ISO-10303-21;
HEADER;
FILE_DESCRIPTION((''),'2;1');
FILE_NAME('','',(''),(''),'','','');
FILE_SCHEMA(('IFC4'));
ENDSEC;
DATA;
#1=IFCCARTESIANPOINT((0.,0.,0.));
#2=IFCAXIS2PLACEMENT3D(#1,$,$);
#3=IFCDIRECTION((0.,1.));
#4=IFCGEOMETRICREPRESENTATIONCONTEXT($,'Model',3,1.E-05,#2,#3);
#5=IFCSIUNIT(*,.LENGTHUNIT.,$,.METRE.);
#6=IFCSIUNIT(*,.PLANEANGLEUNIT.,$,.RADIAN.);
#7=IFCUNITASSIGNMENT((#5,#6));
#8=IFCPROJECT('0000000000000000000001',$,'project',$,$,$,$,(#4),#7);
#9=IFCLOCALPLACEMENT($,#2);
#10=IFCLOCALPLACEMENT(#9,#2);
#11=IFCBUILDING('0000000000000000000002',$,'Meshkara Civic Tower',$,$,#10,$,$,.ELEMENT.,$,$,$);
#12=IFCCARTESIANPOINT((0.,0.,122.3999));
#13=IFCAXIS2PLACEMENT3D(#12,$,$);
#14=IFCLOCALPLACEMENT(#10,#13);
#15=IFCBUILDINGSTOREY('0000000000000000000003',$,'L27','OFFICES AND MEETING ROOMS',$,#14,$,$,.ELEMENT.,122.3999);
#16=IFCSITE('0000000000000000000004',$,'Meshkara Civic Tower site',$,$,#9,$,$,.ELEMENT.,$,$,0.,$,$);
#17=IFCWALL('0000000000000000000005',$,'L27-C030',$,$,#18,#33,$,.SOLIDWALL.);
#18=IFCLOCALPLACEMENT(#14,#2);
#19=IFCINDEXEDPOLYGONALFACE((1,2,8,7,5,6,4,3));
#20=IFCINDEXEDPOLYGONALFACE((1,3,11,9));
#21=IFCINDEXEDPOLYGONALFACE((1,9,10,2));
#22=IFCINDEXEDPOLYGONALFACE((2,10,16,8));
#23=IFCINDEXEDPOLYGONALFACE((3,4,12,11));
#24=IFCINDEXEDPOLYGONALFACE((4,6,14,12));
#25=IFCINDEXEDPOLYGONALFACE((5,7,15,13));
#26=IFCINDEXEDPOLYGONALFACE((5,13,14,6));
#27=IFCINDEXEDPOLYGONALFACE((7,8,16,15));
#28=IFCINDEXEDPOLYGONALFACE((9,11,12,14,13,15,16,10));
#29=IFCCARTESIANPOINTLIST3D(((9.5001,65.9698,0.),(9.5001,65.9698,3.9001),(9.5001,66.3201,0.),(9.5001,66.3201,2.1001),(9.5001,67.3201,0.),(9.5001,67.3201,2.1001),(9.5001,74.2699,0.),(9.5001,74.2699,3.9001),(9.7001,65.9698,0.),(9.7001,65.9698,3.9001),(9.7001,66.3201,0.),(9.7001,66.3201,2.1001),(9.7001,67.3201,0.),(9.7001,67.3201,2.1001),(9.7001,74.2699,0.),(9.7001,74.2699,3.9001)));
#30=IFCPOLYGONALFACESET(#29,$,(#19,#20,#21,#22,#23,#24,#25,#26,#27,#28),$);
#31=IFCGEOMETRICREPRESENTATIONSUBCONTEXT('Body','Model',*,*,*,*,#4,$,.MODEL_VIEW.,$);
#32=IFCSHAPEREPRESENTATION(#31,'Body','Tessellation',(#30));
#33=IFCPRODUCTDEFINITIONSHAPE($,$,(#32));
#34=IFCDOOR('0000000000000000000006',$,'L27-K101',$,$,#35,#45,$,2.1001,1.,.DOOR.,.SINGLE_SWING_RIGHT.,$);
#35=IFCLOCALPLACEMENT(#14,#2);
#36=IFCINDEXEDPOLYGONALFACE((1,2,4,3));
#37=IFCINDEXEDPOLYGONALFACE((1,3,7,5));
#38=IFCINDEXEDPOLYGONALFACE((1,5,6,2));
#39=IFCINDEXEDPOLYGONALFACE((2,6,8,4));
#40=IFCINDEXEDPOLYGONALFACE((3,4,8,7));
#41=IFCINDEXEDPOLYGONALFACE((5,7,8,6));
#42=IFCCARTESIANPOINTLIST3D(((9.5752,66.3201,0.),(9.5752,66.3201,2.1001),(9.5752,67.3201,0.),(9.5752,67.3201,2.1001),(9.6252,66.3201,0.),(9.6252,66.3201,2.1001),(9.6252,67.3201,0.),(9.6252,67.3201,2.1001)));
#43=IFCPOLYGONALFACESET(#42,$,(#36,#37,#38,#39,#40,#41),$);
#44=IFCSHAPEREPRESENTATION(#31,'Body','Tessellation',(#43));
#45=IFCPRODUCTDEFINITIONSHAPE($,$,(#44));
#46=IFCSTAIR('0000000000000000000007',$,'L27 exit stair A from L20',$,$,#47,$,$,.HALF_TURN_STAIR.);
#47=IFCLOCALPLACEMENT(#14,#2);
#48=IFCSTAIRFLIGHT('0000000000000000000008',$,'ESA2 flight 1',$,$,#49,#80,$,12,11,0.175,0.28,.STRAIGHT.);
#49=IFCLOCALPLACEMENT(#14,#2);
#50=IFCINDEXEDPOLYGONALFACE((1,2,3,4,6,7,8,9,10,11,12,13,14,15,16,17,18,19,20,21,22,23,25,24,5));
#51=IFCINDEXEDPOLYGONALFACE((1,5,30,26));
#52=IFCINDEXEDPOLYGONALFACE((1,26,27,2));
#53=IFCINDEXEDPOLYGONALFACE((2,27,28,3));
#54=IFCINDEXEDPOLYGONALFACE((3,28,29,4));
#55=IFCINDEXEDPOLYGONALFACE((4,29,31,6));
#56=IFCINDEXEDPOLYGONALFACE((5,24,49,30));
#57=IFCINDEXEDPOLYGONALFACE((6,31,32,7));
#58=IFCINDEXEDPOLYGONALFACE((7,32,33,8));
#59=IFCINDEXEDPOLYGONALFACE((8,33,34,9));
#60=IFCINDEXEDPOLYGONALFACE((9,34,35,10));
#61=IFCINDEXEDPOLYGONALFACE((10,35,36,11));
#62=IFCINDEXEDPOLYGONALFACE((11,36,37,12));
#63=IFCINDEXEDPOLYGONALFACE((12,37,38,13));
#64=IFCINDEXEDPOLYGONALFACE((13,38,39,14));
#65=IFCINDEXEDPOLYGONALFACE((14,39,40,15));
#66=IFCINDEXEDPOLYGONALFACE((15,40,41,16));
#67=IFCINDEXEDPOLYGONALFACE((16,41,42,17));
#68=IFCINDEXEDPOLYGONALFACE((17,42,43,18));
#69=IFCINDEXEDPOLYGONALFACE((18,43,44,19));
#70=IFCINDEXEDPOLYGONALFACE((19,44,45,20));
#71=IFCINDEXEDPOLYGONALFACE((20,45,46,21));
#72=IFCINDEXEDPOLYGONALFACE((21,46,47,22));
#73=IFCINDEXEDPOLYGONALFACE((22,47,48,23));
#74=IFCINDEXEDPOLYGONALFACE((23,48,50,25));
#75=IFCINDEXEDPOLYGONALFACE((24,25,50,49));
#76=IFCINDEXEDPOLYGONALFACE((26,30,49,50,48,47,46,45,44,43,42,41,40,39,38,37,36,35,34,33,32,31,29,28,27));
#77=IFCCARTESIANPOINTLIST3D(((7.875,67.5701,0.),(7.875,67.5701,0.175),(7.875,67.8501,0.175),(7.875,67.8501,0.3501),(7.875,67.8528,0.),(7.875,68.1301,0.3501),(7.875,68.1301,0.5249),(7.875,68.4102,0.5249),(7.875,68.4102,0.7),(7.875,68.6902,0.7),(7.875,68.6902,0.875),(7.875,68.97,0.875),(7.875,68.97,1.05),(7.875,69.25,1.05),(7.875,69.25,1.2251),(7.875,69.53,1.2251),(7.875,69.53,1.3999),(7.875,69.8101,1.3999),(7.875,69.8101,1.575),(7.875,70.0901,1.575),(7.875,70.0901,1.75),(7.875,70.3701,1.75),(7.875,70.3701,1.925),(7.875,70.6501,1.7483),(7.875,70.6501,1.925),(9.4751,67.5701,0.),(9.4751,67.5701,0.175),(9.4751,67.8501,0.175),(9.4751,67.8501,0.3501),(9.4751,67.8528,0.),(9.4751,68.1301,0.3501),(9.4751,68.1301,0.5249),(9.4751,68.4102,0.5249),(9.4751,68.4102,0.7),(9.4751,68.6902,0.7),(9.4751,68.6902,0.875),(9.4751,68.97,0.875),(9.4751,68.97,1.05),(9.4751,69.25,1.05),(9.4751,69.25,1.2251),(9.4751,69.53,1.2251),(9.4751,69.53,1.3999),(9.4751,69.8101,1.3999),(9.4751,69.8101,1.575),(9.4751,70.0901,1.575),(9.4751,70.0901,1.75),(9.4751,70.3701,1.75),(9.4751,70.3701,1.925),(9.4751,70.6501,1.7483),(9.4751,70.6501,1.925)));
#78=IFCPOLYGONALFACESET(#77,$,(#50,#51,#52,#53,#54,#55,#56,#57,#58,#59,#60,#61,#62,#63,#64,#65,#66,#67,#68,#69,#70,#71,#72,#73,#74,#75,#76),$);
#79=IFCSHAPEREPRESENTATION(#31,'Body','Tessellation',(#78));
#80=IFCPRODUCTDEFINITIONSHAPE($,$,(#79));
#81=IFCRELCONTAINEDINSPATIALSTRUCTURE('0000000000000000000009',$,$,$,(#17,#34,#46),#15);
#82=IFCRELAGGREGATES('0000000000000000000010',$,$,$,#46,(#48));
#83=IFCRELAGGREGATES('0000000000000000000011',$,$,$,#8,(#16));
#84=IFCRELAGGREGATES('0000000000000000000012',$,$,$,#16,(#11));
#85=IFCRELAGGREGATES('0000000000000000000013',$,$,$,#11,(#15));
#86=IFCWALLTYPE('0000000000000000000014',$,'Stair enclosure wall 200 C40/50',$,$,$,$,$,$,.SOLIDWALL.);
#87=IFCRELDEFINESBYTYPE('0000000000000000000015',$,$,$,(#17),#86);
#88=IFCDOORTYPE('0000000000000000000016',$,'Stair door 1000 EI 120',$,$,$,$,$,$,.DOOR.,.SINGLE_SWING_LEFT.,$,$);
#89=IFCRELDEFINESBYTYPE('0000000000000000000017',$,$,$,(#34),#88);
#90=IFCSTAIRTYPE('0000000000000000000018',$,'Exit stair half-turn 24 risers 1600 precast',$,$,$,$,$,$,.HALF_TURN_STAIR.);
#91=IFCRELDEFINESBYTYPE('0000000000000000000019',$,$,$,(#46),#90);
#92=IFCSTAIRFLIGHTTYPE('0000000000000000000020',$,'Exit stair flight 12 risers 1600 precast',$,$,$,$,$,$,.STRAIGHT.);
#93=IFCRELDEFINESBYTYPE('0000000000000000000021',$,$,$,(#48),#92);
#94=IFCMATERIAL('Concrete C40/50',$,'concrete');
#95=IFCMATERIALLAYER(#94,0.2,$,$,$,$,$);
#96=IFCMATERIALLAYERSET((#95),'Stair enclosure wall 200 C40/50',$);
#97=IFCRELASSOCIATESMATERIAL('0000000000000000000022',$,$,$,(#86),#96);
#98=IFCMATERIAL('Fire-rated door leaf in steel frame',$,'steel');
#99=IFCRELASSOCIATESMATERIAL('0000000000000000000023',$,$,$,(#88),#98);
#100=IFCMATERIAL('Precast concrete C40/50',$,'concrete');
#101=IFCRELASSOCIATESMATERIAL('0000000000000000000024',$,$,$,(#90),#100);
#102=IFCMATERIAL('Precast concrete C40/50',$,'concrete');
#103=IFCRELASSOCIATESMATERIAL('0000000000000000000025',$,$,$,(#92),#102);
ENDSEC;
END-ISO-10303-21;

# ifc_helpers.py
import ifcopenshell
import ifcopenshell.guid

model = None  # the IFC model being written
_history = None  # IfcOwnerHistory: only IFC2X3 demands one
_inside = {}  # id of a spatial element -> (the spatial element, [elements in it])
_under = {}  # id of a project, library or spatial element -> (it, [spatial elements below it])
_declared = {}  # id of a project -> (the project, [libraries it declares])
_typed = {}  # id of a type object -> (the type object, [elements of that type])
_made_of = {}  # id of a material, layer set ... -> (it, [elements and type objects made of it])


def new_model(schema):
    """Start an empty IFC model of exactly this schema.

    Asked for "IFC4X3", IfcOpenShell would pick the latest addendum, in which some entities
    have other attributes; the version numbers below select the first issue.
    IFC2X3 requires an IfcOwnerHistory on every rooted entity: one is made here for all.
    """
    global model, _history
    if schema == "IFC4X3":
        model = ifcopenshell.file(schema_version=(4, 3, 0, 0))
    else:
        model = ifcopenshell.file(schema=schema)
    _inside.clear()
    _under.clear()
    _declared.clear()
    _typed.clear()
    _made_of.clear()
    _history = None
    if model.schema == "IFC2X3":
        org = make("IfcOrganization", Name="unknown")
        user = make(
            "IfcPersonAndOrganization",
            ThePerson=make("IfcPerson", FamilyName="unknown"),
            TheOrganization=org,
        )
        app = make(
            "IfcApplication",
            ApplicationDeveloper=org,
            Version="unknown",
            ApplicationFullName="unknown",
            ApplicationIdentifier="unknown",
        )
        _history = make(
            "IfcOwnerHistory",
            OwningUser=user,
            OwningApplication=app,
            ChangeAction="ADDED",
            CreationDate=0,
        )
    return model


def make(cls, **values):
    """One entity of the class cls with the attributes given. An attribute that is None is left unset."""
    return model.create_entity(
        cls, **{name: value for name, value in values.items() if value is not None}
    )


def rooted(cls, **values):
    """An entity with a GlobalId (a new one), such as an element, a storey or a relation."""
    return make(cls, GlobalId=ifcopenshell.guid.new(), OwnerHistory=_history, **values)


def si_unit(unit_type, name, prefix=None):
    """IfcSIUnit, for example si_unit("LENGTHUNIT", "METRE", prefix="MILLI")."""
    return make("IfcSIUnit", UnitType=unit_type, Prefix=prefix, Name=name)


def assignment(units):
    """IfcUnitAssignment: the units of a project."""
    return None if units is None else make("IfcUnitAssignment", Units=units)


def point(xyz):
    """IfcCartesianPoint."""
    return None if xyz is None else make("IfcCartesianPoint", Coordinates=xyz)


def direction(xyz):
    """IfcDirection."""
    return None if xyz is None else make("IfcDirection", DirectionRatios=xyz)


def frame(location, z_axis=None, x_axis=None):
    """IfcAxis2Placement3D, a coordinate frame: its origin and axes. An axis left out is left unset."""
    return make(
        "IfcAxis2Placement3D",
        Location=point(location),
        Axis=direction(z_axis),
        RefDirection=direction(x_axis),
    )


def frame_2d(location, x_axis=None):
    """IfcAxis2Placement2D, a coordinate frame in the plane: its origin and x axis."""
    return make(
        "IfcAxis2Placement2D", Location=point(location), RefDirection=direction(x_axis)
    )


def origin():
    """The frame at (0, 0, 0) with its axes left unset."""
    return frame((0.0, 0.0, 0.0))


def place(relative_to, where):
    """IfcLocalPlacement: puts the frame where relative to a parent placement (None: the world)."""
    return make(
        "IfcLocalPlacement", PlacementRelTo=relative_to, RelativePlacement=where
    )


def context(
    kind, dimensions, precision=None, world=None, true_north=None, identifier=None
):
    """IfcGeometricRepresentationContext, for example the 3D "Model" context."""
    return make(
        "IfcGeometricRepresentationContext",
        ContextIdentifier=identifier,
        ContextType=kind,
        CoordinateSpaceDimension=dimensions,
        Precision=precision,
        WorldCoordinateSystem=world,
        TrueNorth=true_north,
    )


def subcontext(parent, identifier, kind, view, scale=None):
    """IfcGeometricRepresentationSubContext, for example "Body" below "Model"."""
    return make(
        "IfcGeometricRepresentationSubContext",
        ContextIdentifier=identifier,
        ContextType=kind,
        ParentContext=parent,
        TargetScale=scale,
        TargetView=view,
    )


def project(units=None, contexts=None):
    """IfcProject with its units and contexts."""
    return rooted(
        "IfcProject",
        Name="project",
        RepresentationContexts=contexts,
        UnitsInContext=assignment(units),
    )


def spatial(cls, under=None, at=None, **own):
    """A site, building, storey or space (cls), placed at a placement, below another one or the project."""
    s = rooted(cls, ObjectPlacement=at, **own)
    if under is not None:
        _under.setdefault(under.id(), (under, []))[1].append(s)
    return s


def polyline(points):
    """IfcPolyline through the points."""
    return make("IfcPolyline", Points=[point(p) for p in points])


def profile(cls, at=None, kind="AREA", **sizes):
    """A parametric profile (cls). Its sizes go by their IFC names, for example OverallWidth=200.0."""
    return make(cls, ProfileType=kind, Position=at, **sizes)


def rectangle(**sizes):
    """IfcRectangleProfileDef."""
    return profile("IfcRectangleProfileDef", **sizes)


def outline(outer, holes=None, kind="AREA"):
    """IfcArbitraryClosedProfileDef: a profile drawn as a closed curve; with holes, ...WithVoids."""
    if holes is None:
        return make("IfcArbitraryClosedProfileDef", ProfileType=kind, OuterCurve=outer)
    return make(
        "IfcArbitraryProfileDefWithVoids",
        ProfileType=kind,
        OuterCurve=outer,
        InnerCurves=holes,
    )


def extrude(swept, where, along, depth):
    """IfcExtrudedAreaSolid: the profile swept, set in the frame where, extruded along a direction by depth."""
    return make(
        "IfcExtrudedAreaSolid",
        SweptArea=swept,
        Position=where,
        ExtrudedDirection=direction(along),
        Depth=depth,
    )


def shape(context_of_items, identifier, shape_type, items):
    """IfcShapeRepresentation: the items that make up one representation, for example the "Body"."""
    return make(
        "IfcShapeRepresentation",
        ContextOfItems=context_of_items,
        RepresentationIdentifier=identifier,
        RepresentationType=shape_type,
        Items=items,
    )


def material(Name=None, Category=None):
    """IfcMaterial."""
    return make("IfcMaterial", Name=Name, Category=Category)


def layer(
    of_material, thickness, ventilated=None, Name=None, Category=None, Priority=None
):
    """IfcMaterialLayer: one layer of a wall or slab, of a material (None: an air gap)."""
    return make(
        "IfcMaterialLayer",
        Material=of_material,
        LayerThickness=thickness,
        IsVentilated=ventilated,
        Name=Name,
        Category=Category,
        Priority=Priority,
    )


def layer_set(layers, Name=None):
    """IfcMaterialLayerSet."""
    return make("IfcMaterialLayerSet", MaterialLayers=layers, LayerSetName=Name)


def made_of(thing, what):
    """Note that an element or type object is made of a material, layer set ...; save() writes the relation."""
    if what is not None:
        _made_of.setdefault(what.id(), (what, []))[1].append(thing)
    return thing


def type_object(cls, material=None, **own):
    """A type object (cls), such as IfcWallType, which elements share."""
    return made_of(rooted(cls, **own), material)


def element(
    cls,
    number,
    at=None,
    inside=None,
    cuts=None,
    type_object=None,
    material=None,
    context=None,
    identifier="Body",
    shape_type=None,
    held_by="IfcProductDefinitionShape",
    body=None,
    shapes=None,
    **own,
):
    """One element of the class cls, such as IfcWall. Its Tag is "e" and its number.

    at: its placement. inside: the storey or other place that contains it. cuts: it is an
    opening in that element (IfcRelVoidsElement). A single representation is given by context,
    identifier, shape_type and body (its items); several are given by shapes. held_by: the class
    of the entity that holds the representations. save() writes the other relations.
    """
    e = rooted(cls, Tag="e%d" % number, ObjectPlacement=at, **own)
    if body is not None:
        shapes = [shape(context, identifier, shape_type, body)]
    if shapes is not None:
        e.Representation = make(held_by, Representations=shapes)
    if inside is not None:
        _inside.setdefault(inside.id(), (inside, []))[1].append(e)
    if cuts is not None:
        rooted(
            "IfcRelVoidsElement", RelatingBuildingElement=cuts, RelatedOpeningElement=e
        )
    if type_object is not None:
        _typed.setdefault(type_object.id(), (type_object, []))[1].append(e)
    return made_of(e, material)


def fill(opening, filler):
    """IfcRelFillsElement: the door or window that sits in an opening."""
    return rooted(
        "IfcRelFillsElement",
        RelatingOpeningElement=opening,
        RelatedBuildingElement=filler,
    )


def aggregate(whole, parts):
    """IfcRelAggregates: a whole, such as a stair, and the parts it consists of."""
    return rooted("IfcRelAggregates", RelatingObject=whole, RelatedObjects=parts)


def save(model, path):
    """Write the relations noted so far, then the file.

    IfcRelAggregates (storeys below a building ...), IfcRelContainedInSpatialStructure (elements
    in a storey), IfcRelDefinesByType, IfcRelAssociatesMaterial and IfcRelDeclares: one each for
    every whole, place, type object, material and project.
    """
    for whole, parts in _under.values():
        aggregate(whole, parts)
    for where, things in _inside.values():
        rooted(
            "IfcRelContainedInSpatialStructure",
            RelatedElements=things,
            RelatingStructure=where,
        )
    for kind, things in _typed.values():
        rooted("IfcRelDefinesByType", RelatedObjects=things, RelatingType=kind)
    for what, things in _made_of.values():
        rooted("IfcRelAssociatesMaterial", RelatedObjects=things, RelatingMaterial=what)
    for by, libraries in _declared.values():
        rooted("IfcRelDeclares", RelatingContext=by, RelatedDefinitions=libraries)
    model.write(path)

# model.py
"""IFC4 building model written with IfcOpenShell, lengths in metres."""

from ifc_helpers import new_model, si_unit, direction, frame, frame_2d, origin, place, context, subcontext, project, spatial, polyline, rectangle, outline, extrude, material, layer, layer_set, type_object, element, fill, aggregate, save


model = new_model("IFC4")

# Units and contexts
model_context = context("Model", 3, precision=1e-05, world=origin(), true_north=direction((0.0, 1.0)))
body_context = subcontext(model_context, "Body", "Model", "MODEL_VIEW")
ifc_project = project(units=[si_unit("LENGTHUNIT", "METRE"), si_unit("PLANEANGLEUNIT", "RADIAN")], contexts=[model_context])

# Site, building, storey
site_placement = place(None, origin())
site = spatial("IfcSite", under=ifc_project, at=site_placement, Name="Meshkara Civic Tower site", CompositionType="ELEMENT", RefElevation=0.0)
building_placement = place(site_placement, origin())
building = spatial("IfcBuilding", under=site, at=building_placement, Name="Meshkara Civic Tower", CompositionType="ELEMENT")
storey_placement = place(building_placement, frame((0.0, 0.0, 122.3999)))
storey = spatial("IfcBuildingStorey", under=building, at=storey_placement, Name="L27", Description="OFFICES AND MEETING ROOMS", CompositionType="ELEMENT", Elevation=122.3999)

# Wall, opening, door
ifc_material_1 = material(Name="Concrete C40/50", Category="concrete")
ifc_layer_1 = layer(ifc_material_1, 0.2)
ifc_layer_set_1 = layer_set([ifc_layer_1], Name="Stair enclosure wall 200 C40/50")
wall_type_1 = type_object("IfcWallType", Name="Stair enclosure wall 200 C40/50", PredefinedType="SOLIDWALL", material=ifc_layer_set_1)
wall_1_placement = place(storey_placement, frame((9.6001, 65.97, 0.0), z_axis=(0.0, 0.0, 1.0), x_axis=(0.0, 1.0, 0.0)))
wall_1 = element("IfcWall", 1, at=wall_1_placement, inside=storey, type_object=wall_type_1, Name="L27-C030", PredefinedType="SOLIDWALL", context=body_context, shape_type="SweptSolid", body=[
    extrude(rectangle(XDim=8.3, YDim=0.2, at=frame_2d((4.1499, 0.0))), origin(), (0.0, 0.0, 1.0), 3.9001),
])
opening_1_placement = place(wall_1_placement, frame((0.3501, 0.0, 0.0)))
opening_1 = element("IfcOpeningElement", 2, at=opening_1_placement, cuts=wall_1, PredefinedType="OPENING", context=body_context, shape_type="SweptSolid", body=[
    extrude(rectangle(XDim=1.0, YDim=2.1001, at=frame_2d((0.5, 1.05))), frame((0.0, 0.1099, 0.0), z_axis=(0.0, -1.0, 0.0), x_axis=(1.0, 0.0, 0.0)), (0.0, 0.0, 1.0), 0.22),
])
ifc_material_2 = material(Name="Fire-rated door leaf in steel frame", Category="steel")
door_type_1 = type_object("IfcDoorType", Name="Stair door 1000 EI 120", OperationType="SINGLE_SWING_LEFT", PredefinedType="DOOR", material=ifc_material_2)
door_1_placement = place(opening_1_placement, origin())
door_1 = element("IfcDoor", 3, at=door_1_placement, inside=storey, type_object=door_type_1, Name="L27-K101", OperationType="SINGLE_SWING_RIGHT", OverallHeight=2.1001, OverallWidth=1.0, PredefinedType="DOOR", context=body_context, shape_type="SweptSolid", body=[
    extrude(rectangle(XDim=1.0, YDim=2.1001, at=frame_2d((0.5, 1.05))), frame((0.0, 0.0249, 0.0), z_axis=(0.0, -1.0, 0.0), x_axis=(1.0, 0.0, 0.0)), (0.0, 0.0, 1.0), 0.05),
])
fill(opening_1, door_1)

# Stair, stair flight
ifc_material_3 = material(Name="Precast concrete C40/50", Category="concrete")
stair_type = type_object("IfcStairType", Name="Exit stair half-turn 24 risers 1600 precast", PredefinedType="HALF_TURN_STAIR", material=ifc_material_3)
stair_placement = place(storey_placement, origin())
stair = element("IfcStair", 4, at=stair_placement, inside=storey, type_object=stair_type, Name="L27 exit stair A from L20", PredefinedType="HALF_TURN_STAIR")
ifc_material_4 = material(Name="Precast concrete C40/50", Category="concrete")
stair_flight_type = type_object("IfcStairFlightType", Name="Exit stair flight 12 risers 1600 precast", PredefinedType="STRAIGHT", material=ifc_material_4)
stair_flight_placement = place(storey_placement, frame((8.675, 67.5701, 0.0), z_axis=(0.0, 0.0, 1.0), x_axis=(0.0, 1.0, 0.0)))
stair_flight = element("IfcStairFlight", 5, at=stair_flight_placement, type_object=stair_flight_type, Name="ESA2 flight 1", NumberOfRisers=12, NumberOfTreads=11, PredefinedType="STRAIGHT", RiserHeight=0.175, TreadLength=0.28, context=body_context, shape_type="SweptSolid", body=[
    extrude(outline(polyline([(0.0, 0.0), (0.0, 0.175), (0.28, 0.175), (0.28, 0.3501), (0.5601, 0.3501), (0.5601, 0.5249), (0.8401, 0.5249), (0.8401, 0.7), (1.1201, 0.7), (1.1201, 0.875), (1.3999, 0.875), (1.3999, 1.05), (1.6799, 1.05), (1.6799, 1.2251), (1.96, 1.2251), (1.96, 1.3999), (2.24, 1.3999), (2.24, 1.575), (2.52, 1.575), (2.52, 1.75), (2.8, 1.75), (2.8, 1.925), (3.0801, 1.925), (3.0801, 2.1001), (3.0801, 1.7483), (0.2827, 0.0), (0.0, 0.0)])), frame((0.0, 0.8, 0.0), z_axis=(0.0, -1.0, 0.0), x_axis=(1.0, 0.0, 0.0)), (0.0, 0.0, 1.0), 1.6001),
])
aggregate(stair, [stair_flight])

save(model, "model.ifc")
